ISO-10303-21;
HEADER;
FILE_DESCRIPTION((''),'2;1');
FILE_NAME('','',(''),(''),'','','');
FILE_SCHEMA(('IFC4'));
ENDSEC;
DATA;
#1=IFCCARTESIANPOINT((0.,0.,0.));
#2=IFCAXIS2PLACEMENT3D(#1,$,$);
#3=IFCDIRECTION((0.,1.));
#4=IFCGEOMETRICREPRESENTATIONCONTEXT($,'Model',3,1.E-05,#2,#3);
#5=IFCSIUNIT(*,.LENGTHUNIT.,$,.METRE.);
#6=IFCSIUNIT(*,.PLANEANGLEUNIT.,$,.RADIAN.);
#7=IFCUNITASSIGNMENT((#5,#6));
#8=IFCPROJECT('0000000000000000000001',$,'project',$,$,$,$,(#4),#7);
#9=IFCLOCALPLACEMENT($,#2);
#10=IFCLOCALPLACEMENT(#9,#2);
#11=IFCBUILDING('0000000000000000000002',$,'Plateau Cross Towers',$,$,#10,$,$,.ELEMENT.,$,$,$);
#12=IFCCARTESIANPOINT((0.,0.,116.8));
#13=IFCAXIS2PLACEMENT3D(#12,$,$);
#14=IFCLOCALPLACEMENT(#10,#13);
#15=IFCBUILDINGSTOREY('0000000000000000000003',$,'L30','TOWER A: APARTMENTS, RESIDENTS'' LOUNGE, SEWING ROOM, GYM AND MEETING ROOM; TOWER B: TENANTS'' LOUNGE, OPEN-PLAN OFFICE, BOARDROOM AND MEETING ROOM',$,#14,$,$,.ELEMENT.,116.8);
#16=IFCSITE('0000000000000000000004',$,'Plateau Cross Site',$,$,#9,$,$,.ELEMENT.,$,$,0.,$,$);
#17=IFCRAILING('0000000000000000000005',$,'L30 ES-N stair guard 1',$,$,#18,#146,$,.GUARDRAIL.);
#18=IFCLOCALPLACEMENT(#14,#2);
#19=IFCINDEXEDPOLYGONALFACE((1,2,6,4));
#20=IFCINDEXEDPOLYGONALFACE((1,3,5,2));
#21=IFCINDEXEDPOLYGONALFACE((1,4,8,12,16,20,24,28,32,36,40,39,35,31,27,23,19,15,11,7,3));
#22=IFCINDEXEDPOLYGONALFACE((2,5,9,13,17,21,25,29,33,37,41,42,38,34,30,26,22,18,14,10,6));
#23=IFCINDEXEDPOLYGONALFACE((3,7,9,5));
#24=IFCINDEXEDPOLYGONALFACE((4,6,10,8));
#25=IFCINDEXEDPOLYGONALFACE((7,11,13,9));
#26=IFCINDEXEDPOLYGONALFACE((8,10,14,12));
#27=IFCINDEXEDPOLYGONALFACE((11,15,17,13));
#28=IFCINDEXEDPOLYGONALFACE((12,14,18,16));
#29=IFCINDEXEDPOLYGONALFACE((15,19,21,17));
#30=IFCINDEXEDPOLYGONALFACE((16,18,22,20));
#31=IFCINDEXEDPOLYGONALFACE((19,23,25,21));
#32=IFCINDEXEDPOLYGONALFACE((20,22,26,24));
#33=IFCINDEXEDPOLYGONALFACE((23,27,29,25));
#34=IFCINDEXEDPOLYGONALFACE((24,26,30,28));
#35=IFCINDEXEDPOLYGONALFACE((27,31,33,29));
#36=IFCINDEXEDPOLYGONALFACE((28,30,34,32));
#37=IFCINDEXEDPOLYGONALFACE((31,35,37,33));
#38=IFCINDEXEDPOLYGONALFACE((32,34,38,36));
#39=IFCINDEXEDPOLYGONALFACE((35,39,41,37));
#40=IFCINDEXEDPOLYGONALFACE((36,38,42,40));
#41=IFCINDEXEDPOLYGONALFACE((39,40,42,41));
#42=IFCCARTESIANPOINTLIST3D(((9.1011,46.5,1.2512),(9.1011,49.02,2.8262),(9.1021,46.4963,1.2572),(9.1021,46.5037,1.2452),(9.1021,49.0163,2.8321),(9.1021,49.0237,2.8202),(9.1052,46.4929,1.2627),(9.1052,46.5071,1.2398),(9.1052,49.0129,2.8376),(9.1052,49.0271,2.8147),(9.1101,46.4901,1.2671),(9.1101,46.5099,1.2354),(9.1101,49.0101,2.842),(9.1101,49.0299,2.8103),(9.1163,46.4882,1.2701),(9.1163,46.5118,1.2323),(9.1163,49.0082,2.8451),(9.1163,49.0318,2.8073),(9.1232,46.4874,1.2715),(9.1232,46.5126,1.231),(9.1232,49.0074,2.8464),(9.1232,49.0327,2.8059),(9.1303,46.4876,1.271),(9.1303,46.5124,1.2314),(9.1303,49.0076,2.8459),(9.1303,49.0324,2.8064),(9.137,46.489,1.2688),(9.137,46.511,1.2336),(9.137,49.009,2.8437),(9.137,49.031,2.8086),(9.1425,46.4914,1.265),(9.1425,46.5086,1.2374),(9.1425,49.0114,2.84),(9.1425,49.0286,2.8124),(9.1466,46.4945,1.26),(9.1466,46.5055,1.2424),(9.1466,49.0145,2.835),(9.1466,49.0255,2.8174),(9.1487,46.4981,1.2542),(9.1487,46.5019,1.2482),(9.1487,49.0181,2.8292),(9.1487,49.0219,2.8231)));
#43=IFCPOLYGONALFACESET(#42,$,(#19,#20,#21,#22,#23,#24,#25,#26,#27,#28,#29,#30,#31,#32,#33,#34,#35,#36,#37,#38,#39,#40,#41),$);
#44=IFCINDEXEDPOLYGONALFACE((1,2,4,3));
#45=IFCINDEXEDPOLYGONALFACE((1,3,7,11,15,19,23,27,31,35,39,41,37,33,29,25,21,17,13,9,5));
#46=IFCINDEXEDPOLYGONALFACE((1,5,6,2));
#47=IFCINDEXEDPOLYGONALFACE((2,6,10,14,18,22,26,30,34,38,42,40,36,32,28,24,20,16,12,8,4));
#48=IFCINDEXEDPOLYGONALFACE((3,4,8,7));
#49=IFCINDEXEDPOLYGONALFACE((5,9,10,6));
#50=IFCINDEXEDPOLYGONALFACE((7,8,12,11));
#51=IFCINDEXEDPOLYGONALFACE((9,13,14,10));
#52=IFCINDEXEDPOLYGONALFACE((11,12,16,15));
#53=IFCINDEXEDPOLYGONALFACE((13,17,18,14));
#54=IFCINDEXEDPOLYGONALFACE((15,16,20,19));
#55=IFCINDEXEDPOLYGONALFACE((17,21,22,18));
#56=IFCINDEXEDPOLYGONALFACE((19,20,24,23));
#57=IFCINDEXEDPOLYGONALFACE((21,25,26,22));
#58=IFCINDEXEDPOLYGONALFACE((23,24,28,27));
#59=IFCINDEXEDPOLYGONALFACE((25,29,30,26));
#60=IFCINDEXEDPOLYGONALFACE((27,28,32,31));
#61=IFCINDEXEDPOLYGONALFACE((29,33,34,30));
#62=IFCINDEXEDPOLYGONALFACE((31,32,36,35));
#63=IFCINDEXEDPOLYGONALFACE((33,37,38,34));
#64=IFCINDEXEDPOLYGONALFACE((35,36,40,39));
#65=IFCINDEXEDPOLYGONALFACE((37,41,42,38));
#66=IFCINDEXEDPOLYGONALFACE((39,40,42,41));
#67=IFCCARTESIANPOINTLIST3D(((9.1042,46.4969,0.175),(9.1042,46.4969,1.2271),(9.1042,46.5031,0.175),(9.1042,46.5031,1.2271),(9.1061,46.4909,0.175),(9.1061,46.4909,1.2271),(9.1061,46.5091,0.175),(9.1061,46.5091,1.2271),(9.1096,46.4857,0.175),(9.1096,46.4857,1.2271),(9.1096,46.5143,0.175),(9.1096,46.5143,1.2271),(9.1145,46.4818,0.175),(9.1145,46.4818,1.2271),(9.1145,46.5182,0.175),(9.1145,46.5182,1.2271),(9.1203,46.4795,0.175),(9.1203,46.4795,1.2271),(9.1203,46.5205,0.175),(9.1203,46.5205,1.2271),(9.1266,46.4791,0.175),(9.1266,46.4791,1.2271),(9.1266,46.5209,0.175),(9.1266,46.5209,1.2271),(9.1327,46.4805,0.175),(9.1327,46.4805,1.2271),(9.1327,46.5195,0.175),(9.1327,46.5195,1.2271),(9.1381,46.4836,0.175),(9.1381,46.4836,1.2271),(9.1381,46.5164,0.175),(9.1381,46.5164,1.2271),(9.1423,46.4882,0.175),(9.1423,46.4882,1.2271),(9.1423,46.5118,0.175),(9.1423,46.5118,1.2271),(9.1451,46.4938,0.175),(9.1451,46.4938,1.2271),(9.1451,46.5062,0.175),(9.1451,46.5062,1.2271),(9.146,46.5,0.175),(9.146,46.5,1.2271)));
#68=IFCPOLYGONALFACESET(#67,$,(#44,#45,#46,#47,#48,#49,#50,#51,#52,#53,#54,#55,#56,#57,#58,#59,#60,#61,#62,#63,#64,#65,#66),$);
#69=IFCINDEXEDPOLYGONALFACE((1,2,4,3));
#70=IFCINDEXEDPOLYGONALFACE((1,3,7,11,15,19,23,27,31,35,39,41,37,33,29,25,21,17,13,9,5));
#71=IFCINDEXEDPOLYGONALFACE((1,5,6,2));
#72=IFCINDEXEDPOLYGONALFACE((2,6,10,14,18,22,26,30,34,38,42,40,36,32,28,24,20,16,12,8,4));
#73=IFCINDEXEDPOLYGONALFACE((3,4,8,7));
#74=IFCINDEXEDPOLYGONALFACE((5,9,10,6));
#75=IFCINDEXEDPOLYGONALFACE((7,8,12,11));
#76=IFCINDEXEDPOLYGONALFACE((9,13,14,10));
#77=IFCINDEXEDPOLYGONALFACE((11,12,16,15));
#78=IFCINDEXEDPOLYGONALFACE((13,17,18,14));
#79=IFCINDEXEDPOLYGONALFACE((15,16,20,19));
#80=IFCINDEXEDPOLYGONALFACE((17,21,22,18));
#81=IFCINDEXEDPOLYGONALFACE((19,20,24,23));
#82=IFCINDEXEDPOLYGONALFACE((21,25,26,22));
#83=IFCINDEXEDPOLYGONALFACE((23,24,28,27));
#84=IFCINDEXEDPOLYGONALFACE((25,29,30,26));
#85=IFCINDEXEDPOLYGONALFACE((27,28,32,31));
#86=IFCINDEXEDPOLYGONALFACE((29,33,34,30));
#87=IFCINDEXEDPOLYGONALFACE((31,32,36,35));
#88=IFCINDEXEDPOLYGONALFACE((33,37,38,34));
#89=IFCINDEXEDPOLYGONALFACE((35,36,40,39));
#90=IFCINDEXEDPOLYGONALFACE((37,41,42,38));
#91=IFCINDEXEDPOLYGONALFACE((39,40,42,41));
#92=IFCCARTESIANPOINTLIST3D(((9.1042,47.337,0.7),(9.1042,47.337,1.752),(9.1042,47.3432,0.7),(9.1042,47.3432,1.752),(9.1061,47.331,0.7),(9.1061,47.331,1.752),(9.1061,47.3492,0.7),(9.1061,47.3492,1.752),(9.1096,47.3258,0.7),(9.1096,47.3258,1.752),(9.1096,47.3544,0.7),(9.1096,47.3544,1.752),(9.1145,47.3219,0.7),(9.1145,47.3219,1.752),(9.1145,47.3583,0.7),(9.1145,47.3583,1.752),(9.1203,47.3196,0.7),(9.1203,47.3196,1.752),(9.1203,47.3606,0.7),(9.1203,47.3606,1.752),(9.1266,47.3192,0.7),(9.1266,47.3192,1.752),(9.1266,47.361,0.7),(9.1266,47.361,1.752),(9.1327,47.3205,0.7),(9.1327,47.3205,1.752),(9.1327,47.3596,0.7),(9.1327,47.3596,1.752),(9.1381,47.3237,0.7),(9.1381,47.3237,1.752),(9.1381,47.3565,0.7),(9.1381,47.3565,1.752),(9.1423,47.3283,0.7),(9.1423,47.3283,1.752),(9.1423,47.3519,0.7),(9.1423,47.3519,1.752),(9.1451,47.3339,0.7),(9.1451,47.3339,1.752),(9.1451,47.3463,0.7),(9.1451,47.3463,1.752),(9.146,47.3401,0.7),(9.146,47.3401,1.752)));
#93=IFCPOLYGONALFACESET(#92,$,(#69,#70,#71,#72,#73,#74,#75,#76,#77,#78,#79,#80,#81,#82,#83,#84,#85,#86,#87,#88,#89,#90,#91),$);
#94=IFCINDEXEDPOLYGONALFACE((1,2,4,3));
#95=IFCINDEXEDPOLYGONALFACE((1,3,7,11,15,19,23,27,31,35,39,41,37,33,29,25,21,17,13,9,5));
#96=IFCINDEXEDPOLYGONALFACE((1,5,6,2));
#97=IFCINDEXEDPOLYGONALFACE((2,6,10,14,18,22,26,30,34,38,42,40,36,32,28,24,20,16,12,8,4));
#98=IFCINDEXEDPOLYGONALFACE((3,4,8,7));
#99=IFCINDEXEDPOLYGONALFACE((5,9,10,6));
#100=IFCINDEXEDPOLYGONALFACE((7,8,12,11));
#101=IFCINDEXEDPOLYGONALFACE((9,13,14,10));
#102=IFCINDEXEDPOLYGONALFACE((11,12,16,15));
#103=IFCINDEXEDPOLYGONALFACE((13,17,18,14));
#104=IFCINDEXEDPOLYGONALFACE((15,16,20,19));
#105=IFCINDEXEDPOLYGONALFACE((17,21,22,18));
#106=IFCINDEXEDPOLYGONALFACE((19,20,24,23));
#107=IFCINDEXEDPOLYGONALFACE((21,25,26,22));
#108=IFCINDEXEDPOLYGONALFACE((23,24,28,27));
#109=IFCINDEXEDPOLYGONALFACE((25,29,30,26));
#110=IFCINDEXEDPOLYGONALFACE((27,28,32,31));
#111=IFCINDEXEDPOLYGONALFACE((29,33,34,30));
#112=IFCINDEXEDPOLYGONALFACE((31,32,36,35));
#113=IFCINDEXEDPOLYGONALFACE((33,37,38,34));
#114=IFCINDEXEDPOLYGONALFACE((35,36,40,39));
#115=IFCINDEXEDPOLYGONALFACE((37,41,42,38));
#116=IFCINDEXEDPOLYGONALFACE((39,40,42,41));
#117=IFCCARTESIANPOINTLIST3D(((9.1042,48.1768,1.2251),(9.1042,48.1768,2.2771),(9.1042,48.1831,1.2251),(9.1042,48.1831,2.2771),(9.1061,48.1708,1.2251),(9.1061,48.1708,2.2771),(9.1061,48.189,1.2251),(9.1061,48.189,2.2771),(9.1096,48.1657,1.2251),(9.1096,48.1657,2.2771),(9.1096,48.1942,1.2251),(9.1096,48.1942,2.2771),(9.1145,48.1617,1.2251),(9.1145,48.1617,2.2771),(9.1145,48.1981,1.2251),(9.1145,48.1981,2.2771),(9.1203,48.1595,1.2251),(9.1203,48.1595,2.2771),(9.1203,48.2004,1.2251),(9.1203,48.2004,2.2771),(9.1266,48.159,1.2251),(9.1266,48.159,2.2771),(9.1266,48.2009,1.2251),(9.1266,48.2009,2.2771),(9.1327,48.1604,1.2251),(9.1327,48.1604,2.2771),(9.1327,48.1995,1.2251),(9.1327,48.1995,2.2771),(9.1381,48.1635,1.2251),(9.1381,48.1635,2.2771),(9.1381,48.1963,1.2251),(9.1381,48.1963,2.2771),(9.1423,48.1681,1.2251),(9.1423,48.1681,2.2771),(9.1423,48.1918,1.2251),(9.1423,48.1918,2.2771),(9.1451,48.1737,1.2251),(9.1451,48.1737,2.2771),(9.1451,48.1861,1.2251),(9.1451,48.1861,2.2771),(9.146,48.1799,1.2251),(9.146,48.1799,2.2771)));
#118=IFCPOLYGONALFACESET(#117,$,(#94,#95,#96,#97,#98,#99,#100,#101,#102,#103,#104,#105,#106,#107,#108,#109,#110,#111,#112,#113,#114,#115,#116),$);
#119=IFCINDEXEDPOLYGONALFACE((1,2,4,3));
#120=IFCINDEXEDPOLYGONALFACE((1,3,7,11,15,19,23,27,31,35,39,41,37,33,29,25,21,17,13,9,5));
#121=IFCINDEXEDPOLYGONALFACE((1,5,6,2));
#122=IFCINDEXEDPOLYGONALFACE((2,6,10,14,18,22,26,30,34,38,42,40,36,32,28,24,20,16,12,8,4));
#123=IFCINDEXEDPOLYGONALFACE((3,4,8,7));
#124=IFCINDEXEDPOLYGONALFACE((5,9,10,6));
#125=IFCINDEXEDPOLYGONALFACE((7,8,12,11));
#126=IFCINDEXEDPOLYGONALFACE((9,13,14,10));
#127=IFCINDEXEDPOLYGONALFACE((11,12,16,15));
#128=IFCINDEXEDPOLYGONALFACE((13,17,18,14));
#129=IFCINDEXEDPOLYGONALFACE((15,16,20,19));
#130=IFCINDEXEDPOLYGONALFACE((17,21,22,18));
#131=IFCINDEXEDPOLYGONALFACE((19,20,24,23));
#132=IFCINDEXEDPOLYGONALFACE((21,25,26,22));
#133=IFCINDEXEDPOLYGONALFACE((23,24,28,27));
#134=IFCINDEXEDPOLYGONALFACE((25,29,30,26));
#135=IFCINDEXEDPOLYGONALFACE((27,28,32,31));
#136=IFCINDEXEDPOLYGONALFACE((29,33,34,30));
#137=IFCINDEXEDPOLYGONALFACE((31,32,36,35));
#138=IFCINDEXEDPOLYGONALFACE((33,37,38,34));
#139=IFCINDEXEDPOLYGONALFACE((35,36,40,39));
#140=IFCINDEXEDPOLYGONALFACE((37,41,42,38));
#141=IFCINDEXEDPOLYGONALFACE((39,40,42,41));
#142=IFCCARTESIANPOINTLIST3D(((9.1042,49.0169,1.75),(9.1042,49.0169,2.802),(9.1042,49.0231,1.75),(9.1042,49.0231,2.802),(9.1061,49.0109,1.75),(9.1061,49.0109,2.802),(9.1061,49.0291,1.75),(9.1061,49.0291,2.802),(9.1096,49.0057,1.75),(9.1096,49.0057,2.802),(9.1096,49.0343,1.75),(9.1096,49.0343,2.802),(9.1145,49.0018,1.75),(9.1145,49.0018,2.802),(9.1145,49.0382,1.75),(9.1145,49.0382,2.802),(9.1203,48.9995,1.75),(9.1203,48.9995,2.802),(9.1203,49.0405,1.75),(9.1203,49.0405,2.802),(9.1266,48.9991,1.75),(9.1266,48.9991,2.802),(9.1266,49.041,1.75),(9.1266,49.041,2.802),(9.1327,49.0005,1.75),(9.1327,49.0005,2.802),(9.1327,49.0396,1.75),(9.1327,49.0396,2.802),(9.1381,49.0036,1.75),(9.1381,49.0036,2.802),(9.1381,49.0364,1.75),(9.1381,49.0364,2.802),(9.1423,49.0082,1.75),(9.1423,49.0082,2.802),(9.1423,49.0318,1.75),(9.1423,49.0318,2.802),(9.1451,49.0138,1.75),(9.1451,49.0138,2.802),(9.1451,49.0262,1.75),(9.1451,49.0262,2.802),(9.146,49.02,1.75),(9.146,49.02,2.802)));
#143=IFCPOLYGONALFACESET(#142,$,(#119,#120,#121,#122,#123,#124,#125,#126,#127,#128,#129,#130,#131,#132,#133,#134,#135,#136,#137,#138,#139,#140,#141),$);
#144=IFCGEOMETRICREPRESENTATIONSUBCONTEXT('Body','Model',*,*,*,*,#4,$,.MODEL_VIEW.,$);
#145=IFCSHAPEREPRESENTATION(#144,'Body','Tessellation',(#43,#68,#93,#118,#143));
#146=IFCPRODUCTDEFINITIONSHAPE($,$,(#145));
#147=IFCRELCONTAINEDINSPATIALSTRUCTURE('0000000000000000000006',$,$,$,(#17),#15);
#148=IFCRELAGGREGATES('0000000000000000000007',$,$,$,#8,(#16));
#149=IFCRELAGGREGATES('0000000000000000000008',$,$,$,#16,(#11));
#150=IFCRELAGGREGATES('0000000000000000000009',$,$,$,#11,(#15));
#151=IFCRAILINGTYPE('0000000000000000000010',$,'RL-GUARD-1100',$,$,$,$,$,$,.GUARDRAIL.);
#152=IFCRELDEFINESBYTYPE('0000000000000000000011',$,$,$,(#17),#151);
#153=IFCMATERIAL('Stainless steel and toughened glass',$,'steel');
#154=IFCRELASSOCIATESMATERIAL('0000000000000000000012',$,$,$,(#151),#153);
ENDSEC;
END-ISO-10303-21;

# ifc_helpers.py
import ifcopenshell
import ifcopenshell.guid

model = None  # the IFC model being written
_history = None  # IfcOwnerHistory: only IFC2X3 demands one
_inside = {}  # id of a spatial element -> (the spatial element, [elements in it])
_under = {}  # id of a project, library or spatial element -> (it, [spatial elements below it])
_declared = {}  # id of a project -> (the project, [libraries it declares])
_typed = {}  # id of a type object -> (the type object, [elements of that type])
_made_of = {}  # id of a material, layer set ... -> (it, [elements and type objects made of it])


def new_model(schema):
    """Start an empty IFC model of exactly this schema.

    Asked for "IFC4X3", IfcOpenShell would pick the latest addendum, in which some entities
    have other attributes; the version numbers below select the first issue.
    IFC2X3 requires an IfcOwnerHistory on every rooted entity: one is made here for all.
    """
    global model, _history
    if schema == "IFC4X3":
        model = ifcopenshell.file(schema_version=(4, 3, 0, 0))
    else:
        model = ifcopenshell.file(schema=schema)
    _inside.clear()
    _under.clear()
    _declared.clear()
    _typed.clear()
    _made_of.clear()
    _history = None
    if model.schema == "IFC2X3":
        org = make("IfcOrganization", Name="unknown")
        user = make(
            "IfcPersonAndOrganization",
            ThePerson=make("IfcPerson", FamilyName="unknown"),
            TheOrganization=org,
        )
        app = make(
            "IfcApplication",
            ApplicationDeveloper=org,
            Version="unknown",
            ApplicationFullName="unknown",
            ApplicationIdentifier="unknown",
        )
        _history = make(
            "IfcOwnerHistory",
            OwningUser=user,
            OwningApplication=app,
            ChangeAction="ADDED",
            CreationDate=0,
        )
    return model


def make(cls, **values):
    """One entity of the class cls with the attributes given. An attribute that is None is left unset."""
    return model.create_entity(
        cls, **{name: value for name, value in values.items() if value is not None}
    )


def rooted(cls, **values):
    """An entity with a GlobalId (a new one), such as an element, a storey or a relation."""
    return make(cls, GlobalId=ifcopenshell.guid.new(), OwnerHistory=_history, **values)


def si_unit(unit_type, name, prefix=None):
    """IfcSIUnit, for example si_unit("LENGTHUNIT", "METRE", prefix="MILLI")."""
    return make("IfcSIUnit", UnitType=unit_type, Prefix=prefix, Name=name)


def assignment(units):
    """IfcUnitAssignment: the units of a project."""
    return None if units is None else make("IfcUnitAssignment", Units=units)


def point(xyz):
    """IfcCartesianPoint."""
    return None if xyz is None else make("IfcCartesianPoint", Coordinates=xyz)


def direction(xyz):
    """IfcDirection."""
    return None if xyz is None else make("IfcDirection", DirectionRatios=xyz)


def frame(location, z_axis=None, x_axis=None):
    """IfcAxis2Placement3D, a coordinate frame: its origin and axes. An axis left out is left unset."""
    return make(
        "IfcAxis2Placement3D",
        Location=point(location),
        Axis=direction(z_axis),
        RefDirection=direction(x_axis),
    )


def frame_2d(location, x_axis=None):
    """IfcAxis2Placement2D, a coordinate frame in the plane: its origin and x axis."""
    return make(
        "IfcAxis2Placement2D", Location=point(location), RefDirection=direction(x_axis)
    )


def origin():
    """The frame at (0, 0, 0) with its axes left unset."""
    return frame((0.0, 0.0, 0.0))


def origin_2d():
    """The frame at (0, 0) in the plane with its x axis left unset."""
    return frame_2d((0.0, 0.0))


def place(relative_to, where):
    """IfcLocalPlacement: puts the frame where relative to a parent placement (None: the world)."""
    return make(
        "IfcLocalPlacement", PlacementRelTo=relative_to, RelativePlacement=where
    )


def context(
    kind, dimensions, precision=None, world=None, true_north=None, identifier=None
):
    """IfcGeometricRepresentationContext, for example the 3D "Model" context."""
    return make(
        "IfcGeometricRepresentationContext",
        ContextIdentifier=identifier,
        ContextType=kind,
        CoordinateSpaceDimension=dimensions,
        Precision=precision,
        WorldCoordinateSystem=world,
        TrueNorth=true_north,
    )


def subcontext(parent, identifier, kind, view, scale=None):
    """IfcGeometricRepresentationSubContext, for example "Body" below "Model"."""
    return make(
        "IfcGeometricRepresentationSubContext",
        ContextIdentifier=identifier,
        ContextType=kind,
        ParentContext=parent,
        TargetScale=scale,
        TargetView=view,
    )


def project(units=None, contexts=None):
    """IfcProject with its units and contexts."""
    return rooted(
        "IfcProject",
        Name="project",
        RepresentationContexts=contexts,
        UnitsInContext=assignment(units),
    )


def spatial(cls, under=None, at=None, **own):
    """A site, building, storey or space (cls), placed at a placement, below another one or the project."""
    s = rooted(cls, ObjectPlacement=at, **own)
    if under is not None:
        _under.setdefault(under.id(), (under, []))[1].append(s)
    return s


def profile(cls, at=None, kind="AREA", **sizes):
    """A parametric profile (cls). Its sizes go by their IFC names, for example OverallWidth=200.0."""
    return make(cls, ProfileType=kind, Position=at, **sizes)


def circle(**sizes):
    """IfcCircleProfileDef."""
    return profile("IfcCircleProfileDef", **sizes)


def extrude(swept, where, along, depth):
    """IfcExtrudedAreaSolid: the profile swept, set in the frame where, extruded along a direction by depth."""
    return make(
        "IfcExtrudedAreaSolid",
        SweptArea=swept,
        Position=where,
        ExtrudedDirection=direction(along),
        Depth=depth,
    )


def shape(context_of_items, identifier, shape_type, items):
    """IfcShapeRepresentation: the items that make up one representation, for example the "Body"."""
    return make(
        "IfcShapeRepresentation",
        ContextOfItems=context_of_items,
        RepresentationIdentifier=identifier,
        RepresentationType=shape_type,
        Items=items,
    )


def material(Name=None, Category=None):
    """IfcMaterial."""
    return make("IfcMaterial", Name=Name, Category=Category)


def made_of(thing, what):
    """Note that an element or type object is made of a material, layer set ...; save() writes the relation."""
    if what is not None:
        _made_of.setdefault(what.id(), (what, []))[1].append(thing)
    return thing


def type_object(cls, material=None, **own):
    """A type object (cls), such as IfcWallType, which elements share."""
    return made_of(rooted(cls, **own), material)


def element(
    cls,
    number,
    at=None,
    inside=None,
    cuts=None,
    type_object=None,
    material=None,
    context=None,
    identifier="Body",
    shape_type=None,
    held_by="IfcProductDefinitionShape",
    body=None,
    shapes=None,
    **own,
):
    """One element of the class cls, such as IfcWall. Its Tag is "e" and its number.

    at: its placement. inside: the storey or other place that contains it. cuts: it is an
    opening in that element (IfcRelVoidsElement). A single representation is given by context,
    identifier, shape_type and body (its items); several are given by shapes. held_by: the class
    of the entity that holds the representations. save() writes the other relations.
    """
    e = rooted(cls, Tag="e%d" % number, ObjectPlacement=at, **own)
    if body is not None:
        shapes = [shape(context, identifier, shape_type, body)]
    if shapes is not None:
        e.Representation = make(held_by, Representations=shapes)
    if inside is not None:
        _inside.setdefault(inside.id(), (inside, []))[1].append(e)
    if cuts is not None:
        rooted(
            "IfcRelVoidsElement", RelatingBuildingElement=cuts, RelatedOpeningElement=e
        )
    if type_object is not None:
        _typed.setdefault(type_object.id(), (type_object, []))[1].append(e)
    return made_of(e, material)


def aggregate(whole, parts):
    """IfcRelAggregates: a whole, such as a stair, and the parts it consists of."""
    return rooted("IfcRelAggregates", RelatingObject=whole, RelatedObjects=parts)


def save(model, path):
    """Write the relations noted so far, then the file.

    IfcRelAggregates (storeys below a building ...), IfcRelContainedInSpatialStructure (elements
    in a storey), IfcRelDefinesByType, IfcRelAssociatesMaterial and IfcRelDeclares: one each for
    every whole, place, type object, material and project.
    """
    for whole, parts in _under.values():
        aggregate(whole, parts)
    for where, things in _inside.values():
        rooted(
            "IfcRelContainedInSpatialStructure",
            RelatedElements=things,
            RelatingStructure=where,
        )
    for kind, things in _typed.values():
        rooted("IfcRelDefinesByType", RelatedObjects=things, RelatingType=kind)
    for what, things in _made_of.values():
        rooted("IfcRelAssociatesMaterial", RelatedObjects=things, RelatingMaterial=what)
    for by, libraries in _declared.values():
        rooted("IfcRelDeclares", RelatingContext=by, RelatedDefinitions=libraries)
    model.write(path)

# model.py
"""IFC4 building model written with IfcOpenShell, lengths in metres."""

from ifc_helpers import new_model, si_unit, direction, frame, origin, origin_2d, place, context, subcontext, project, spatial, circle, extrude, material, type_object, element, save


model = new_model("IFC4")

# Units and contexts
model_context = context("Model", 3, precision=1e-05, world=origin(), true_north=direction((0.0, 1.0)))
body_context = subcontext(model_context, "Body", "Model", "MODEL_VIEW")
ifc_project = project(units=[si_unit("LENGTHUNIT", "METRE"), si_unit("PLANEANGLEUNIT", "RADIAN")], contexts=[model_context])

# Site, building, storey
site_placement = place(None, origin())
site = spatial("IfcSite", under=ifc_project, at=site_placement, Name="Plateau Cross Site", CompositionType="ELEMENT", RefElevation=0.0)
building_placement = place(site_placement, origin())
building = spatial("IfcBuilding", under=site, at=building_placement, Name="Plateau Cross Towers", CompositionType="ELEMENT")
storey_placement = place(building_placement, frame((0.0, 0.0, 116.8)))
storey = spatial("IfcBuildingStorey", under=building, at=storey_placement, Name="L30", Description="TOWER A: APARTMENTS, RESIDENTS' LOUNGE, SEWING ROOM, GYM AND MEETING ROOM; TOWER B: TENANTS' LOUNGE, OPEN-PLAN OFFICE, BOARDROOM AND MEETING ROOM", CompositionType="ELEMENT", Elevation=116.8)

# Railing
ifc_material_1 = material(Name="Stainless steel and toughened glass", Category="steel")
railing_type_1 = type_object("IfcRailingType", Name="RL-GUARD-1100", PredefinedType="GUARDRAIL", material=ifc_material_1)
railing_1_placement = place(storey_placement, frame((9.125, 46.5, 0.175)))
element("IfcRailing", 1, at=railing_1_placement, inside=storey, type_object=railing_type_1, Name="L30 ES-N stair guard 1", PredefinedType="GUARDRAIL", context=body_context, shape_type="SweptSolid", body=[
    extrude(circle(Radius=0.0239, at=origin_2d()), frame((0.0, 0.0, 1.0762), z_axis=(0.0, 0.848008, 0.529984), x_axis=(-1.0, 0.0, 0.0)), (0.0, 0.0, 1.0), 2.9717),
    extrude(circle(Radius=0.021, at=origin_2d()), origin(), (0.0, 0.0, 1.0), 1.052),
    extrude(circle(Radius=0.021, at=origin_2d()), frame((0.0, 0.8401, 0.5249)), (0.0, 0.0, 1.0), 1.052),
    extrude(circle(Radius=0.021, at=origin_2d()), frame((0.0, 1.6799, 1.05)), (0.0, 0.0, 1.0), 1.052),
    extrude(circle(Radius=0.021, at=origin_2d()), frame((0.0, 2.52, 1.575)), (0.0, 0.0, 1.0), 1.052),
])

save(model, "model.ifc")
